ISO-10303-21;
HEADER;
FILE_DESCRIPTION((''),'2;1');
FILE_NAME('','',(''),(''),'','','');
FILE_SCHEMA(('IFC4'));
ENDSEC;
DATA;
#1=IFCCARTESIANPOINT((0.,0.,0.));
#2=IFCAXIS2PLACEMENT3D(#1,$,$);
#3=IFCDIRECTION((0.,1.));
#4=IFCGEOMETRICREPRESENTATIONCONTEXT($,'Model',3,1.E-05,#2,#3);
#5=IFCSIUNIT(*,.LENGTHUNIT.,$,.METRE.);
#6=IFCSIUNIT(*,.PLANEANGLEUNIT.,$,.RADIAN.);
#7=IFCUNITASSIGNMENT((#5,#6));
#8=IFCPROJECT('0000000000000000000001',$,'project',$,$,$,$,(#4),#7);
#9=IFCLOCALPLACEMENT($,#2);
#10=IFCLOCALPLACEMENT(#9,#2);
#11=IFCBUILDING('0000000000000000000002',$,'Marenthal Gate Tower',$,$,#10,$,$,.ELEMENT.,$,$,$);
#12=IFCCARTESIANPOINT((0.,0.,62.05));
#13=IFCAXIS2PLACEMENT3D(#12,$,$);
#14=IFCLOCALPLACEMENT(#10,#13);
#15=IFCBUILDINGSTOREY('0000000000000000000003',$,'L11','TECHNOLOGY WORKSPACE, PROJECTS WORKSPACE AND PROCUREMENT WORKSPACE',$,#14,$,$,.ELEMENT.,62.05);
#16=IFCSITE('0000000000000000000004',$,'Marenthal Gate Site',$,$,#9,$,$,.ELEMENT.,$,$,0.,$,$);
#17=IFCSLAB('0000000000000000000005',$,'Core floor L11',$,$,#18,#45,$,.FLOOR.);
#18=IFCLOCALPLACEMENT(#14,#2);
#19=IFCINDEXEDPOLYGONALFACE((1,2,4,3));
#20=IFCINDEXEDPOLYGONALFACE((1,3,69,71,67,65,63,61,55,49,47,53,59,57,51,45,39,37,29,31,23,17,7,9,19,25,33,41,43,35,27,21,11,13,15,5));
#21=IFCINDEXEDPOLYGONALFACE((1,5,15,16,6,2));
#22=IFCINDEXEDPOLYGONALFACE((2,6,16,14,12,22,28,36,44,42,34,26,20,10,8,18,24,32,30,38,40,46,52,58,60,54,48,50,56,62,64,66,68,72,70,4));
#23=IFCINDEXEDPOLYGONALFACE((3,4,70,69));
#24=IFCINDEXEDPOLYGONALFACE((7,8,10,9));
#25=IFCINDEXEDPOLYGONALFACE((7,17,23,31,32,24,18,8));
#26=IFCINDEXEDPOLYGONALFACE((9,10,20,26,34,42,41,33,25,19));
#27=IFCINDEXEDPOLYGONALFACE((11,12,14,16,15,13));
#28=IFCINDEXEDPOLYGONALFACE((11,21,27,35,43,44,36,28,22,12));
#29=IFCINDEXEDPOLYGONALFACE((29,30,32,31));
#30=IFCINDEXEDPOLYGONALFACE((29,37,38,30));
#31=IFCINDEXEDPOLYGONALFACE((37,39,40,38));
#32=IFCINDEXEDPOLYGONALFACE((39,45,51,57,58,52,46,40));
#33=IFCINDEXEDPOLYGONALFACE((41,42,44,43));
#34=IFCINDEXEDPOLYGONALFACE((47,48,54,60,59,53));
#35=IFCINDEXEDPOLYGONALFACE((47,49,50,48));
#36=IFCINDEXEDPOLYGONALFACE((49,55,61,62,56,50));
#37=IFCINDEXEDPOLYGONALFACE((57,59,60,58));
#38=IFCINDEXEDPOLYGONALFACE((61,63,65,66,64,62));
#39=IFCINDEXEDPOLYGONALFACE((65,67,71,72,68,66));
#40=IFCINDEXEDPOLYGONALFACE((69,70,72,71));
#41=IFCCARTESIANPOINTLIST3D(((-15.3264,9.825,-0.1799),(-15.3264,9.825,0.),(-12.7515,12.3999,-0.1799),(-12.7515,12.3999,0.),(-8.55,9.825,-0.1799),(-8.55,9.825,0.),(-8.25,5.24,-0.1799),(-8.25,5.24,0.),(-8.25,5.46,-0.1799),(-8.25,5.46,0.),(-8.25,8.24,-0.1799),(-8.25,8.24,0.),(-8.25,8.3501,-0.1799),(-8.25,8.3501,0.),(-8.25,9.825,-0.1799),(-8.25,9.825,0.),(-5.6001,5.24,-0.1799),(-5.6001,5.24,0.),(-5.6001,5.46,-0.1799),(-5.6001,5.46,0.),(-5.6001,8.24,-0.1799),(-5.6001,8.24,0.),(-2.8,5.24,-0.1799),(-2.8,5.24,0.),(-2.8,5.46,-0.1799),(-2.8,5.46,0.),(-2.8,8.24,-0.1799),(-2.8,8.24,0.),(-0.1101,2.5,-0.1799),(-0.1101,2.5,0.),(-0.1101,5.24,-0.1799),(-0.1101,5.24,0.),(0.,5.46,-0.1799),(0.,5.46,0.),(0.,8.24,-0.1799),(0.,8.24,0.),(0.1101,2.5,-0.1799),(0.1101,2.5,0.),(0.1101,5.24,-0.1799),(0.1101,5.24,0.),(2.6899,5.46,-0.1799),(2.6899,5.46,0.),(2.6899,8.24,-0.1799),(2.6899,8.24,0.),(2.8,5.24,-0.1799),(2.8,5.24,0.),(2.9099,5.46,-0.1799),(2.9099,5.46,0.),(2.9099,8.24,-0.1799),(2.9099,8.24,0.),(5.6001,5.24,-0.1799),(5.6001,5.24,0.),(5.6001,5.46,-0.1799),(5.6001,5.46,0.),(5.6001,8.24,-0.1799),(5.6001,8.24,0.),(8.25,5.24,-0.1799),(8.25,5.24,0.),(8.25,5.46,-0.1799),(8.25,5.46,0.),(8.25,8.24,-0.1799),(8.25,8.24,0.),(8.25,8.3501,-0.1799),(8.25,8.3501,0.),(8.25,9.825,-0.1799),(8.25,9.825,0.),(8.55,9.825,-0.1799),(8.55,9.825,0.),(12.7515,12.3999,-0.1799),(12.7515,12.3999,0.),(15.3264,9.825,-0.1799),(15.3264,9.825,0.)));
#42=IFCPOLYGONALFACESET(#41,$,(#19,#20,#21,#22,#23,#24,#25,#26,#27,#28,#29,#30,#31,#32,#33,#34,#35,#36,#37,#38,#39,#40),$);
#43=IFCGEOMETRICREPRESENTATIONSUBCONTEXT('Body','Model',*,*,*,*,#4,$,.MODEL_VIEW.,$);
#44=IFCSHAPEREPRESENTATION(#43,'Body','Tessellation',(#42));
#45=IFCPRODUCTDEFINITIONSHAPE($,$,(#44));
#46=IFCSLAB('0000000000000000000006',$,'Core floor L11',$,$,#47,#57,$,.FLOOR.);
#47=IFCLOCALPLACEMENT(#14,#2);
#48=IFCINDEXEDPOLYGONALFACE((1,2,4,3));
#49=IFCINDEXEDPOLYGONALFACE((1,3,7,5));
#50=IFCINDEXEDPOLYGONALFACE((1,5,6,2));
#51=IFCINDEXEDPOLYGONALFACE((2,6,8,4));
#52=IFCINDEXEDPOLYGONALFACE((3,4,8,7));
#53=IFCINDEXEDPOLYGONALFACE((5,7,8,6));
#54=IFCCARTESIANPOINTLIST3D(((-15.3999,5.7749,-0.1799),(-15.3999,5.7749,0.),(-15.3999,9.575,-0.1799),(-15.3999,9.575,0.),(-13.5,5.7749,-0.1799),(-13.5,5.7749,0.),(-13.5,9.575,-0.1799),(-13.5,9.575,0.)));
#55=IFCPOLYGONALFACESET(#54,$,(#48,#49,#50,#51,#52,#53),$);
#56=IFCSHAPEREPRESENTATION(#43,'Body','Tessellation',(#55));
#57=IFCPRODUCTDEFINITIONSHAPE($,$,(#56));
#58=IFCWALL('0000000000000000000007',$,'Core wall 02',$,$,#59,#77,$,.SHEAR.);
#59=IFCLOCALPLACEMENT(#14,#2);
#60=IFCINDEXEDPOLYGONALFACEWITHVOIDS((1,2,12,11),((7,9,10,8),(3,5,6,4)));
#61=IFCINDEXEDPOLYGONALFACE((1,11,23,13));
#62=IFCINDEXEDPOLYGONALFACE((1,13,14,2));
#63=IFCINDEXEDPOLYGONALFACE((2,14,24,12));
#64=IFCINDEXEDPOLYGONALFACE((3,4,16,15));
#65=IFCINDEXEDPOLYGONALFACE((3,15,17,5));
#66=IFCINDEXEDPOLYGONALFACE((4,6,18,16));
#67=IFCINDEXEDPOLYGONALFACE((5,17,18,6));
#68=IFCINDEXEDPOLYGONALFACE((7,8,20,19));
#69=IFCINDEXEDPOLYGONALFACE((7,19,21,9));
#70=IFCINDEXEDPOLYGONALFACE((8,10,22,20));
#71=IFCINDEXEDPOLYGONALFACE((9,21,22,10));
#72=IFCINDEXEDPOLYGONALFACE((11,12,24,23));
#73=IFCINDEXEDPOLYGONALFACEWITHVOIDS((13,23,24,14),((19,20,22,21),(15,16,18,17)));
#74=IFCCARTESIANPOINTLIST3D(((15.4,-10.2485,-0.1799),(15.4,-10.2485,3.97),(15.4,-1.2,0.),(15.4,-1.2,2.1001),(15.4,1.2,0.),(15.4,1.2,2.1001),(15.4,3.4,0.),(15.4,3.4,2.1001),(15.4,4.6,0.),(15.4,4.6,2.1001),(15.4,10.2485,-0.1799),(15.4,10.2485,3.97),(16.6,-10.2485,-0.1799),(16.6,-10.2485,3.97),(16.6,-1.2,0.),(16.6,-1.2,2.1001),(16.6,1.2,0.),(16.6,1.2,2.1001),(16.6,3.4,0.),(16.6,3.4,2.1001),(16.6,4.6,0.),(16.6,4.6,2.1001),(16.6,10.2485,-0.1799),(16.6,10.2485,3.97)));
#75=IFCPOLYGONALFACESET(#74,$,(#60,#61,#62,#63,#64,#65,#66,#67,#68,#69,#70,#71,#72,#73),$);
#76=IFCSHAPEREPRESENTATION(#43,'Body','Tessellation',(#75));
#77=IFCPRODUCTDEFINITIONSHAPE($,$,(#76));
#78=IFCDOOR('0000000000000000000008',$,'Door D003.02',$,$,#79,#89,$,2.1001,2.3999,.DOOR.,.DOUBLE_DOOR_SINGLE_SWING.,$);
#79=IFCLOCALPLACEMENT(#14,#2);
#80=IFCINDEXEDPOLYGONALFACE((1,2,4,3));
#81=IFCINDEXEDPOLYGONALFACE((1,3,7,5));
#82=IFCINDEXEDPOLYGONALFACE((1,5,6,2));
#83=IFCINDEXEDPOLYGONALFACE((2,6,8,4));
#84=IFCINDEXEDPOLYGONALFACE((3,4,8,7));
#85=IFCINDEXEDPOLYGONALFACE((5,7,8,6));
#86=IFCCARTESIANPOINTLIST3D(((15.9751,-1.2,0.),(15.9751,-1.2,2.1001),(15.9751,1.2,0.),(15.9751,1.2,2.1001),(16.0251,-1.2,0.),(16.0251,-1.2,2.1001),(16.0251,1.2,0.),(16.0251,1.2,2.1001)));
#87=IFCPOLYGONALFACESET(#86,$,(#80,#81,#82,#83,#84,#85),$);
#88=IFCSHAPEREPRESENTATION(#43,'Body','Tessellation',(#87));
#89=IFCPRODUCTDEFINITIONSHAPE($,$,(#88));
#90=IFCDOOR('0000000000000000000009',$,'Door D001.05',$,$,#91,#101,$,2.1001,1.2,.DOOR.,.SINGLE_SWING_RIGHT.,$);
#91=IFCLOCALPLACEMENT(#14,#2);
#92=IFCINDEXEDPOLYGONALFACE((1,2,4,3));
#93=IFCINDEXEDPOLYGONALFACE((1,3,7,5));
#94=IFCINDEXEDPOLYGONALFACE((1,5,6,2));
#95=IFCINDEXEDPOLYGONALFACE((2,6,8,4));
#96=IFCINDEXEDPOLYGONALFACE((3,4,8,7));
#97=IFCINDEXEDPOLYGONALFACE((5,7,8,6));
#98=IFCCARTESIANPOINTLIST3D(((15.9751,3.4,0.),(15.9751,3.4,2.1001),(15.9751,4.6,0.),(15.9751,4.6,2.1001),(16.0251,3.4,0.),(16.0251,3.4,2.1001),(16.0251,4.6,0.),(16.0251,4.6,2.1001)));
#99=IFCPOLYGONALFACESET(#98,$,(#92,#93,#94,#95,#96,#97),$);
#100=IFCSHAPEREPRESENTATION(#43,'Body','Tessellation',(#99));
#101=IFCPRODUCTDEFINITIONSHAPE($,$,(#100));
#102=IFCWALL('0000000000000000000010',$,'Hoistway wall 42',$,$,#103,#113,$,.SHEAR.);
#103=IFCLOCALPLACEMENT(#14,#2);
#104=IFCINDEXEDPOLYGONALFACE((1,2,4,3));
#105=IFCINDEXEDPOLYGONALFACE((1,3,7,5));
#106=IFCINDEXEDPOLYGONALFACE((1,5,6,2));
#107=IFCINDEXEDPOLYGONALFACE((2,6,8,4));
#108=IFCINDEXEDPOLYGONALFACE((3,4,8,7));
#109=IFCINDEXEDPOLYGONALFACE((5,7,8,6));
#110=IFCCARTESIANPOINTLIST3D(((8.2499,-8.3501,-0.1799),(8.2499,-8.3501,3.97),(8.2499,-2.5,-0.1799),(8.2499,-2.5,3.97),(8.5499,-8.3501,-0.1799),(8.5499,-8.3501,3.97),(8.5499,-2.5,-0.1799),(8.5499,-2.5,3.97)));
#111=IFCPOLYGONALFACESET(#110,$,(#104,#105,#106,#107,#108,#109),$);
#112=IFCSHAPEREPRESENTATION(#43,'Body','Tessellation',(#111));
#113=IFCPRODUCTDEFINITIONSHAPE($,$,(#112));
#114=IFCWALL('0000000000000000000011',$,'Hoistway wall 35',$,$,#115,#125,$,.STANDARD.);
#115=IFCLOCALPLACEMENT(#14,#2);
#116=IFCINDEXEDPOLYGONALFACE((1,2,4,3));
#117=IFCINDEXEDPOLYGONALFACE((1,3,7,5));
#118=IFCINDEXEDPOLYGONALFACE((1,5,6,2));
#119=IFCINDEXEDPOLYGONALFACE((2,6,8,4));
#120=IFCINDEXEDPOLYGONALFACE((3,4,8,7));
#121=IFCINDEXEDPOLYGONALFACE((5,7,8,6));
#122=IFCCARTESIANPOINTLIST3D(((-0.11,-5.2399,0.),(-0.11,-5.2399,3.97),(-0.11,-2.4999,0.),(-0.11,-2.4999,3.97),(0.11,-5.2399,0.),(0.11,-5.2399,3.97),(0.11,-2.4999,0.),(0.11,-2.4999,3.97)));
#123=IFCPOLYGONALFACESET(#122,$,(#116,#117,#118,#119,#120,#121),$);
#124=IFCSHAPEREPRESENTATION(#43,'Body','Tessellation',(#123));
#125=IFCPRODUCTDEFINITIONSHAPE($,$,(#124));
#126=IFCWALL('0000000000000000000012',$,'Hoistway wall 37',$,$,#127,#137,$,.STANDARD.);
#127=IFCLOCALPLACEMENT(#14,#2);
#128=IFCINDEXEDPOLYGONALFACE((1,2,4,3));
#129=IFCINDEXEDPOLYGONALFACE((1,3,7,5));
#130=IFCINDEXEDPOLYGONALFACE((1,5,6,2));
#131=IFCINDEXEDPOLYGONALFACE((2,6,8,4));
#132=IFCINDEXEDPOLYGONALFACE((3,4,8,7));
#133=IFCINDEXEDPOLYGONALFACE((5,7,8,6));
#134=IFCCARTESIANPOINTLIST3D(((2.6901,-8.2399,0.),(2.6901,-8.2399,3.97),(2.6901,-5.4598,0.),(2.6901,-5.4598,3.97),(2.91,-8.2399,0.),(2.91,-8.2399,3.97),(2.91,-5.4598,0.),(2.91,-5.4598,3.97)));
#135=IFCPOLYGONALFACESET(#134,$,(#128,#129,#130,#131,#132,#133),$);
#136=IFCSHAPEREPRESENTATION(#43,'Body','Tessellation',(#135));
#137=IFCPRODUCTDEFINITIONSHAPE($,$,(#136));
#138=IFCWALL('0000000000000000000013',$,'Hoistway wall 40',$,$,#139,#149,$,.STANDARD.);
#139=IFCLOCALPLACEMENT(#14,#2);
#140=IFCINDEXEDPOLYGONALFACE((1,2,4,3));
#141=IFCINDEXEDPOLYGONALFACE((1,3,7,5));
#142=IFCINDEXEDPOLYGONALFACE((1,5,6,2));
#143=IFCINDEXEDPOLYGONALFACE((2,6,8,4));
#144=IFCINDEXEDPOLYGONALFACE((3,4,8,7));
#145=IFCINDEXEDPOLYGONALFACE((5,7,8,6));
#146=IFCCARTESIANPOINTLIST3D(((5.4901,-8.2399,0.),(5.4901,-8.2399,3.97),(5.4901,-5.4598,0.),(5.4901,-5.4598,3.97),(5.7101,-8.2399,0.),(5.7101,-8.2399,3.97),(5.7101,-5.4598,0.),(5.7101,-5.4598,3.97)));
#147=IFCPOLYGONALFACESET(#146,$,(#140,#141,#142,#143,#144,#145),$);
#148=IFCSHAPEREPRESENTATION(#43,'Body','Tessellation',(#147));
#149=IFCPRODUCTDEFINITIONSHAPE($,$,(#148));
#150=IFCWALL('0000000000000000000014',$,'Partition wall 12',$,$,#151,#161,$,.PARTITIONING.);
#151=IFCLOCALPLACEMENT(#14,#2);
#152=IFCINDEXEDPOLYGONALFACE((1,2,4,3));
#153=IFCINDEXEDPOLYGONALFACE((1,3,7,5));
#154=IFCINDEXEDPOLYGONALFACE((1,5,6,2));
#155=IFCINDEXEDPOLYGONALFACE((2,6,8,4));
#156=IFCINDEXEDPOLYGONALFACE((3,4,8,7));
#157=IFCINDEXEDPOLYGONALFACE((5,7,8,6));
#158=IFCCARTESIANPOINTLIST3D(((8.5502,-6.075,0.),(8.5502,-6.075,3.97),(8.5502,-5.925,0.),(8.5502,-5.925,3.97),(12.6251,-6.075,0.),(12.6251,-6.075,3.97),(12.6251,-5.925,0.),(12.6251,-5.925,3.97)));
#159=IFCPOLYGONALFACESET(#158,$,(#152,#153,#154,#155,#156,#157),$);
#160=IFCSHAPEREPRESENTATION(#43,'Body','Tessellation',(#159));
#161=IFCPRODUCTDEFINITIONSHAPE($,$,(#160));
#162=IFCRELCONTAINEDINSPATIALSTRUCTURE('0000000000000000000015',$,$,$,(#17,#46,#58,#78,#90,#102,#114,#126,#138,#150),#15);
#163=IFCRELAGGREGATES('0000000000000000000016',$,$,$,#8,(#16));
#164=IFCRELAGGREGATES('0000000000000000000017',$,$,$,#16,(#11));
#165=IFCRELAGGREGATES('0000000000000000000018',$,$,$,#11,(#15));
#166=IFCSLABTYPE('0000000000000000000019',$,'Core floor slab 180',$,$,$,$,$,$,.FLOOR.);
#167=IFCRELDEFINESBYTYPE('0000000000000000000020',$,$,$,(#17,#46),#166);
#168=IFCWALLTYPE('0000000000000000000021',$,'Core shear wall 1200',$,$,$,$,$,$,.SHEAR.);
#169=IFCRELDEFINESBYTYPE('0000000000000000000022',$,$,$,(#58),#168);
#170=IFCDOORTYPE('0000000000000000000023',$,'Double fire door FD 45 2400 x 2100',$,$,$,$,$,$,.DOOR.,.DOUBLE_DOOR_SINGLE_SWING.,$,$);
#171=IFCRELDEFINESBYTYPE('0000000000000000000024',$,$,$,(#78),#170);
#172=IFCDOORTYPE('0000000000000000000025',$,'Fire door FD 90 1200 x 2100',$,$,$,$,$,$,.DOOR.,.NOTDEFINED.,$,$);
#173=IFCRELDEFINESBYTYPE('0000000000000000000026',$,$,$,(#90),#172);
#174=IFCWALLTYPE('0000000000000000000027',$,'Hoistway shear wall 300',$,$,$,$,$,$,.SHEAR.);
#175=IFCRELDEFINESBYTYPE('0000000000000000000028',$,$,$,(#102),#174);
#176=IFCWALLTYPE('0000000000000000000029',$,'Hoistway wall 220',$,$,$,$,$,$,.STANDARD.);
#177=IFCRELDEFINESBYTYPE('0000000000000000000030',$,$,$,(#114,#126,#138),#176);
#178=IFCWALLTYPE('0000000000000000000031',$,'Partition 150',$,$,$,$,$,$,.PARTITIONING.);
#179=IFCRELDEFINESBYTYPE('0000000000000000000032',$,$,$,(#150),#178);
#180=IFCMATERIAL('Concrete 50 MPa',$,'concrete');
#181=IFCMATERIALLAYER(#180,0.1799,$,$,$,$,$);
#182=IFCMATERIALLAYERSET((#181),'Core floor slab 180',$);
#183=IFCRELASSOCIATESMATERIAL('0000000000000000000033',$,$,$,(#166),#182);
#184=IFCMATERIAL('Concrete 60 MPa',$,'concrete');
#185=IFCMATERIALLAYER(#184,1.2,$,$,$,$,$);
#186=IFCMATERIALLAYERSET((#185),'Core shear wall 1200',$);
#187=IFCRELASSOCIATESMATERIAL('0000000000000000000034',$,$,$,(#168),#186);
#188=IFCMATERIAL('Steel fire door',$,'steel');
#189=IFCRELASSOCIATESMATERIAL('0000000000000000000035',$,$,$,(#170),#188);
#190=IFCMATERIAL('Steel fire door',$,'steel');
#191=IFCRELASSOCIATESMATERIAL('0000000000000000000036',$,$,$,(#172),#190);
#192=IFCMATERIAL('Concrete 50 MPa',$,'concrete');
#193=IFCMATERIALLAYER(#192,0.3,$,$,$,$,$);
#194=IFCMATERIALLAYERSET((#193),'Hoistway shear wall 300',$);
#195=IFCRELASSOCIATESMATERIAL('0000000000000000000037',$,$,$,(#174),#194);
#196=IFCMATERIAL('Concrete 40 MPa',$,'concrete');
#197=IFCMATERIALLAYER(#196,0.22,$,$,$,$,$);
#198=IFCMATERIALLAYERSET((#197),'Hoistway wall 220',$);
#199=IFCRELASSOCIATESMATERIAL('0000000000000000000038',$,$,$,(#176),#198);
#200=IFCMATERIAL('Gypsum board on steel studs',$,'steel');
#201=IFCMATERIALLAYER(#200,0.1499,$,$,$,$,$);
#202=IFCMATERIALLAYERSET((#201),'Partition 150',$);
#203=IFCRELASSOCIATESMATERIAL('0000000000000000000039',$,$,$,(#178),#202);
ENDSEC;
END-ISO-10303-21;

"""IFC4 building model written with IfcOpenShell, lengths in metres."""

from ifc_helpers import new_model, si_unit, direction, frame, frame_2d, origin, place, context, subcontext, project, spatial, polyline, rectangle, outline, extrude, material, layer, layer_set, type_object, element, fill, save


model = new_model("IFC4")

# Units and contexts
model_context = context("Model", 3, precision=1e-05, world=origin(), true_north=direction((0.0, 1.0)))
body_context = subcontext(model_context, "Body", "Model", "MODEL_VIEW")
ifc_project = project(units=[si_unit("LENGTHUNIT", "METRE"), si_unit("PLANEANGLEUNIT", "RADIAN")], contexts=[model_context])

# Site, building, storey
site_placement = place(None, origin())
site = spatial("IfcSite", under=ifc_project, at=site_placement, Name="Marenthal Gate Site", CompositionType="ELEMENT", RefElevation=0.0)
building_placement = place(site_placement, origin())
building = spatial("IfcBuilding", under=site, at=building_placement, Name="Marenthal Gate Tower", CompositionType="ELEMENT")
storey_placement = place(building_placement, frame((0.0, 0.0, 62.05)))
storey = spatial("IfcBuildingStorey", under=building, at=storey_placement, Name="L11", Description="TECHNOLOGY WORKSPACE, PROJECTS WORKSPACE AND PROCUREMENT WORKSPACE", CompositionType="ELEMENT", Elevation=62.05)

# Slabs
ifc_material_1 = material(Name="Concrete 50 MPa", Category="concrete")
ifc_layer_1 = layer(ifc_material_1, 0.1799)
ifc_layer_set_1 = layer_set([ifc_layer_1], Name="Core floor slab 180")
slab_type_1 = type_object("IfcSlabType", Name="Core floor slab 180", PredefinedType="FLOOR", material=ifc_layer_set_1)
slab_1_placement = place(storey_placement, frame((0.0, 0.0, -0.1799)))
element("IfcSlab", 1, at=slab_1_placement, inside=storey, type_object=slab_type_1, Name="Core floor L11", PredefinedType="FLOOR", context=body_context, shape_type="SweptSolid", body=[
    extrude(outline(polyline([(12.7515, 12.3999), (15.3264, 9.825), (8.55, 9.825), (8.25, 9.825), (8.25, 8.3501), (8.25, 8.24), (5.6001, 8.24), (2.9099, 8.24), (2.9099, 5.46), (5.6001, 5.46), (8.25, 5.46), (8.25, 5.24), (5.6001, 5.24), (2.8, 5.24), (0.1101, 5.24), (0.1101, 2.5), (-0.1101, 2.5), (-0.1101, 5.24), (-2.8, 5.24), (-5.6001, 5.24), (-8.25, 5.24), (-8.25, 5.46), (-5.6001, 5.46), (-2.8, 5.46), (0.0, 5.46), (2.6899, 5.46), (2.6899, 8.24), (0.0, 8.24), (-2.8, 8.24), (-5.6001, 8.24), (-8.25, 8.24), (-8.25, 8.3501), (-8.25, 9.825), (-8.55, 9.825), (-15.3264, 9.825), (-12.7515, 12.3999), (12.7515, 12.3999)])), origin(), (0.0, 0.0, 1.0), 0.1799),
])
slab_2_placement = place(storey_placement, frame((0.0, 0.0, -0.1799)))
element("IfcSlab", 2, at=slab_2_placement, inside=storey, type_object=slab_type_1, Name="Core floor L11", PredefinedType="FLOOR", context=body_context, shape_type="SweptSolid", body=[
    extrude(outline(polyline([(-15.3999, 9.575), (-13.5, 9.575), (-13.5, 5.7749), (-15.3999, 5.7749), (-15.3999, 9.575)])), origin(), (0.0, 0.0, 1.0), 0.1799),
])

# Wall, openings, doors
ifc_material_2 = material(Name="Concrete 60 MPa", Category="concrete")
ifc_layer_2 = layer(ifc_material_2, 1.2)
ifc_layer_set_2 = layer_set([ifc_layer_2], Name="Core shear wall 1200")
wall_type_1 = type_object("IfcWallType", Name="Core shear wall 1200", PredefinedType="SHEAR", material=ifc_layer_set_2)
wall_1_placement = place(storey_placement, frame((16.0, -10.2485, -0.1799), z_axis=(0.0, 0.0, 1.0), x_axis=(0.0, 1.0, 0.0)))
wall_1 = element("IfcWall", 3, at=wall_1_placement, inside=storey, type_object=wall_type_1, Name="Core wall 02", PredefinedType="SHEAR", context=body_context, shape_type="SweptSolid", body=[
    extrude(rectangle(XDim=20.4971, YDim=1.2, at=frame_2d((10.2485, 0.0))), origin(), (0.0, 0.0, 1.0), 4.1499),
])
opening_1_placement = place(wall_1_placement, frame((9.0486, 0.0, 0.1799)))
opening_1 = element("IfcOpeningElement", 4, at=opening_1_placement, cuts=wall_1, PredefinedType="OPENING", context=body_context, shape_type="SweptSolid", body=[
    extrude(rectangle(XDim=2.3999, YDim=2.1001, at=frame_2d((1.2, 1.05))), frame((0.0, 0.6099, 0.0), z_axis=(0.0, -1.0, 0.0), x_axis=(1.0, 0.0, 0.0)), (0.0, 0.0, 1.0), 1.22),
])
opening_2_placement = place(wall_1_placement, frame((13.6484, 0.0, 0.1799)))
opening_2 = element("IfcOpeningElement", 5, at=opening_2_placement, cuts=wall_1, PredefinedType="OPENING", context=body_context, shape_type="SweptSolid", body=[
    extrude(rectangle(XDim=1.2, YDim=2.1001, at=frame_2d((0.6001, 1.05))), frame((0.0, 0.6099, 0.0), z_axis=(0.0, -1.0, 0.0), x_axis=(1.0, 0.0, 0.0)), (0.0, 0.0, 1.0), 1.22),
])
ifc_material_3 = material(Name="Steel fire door", Category="steel")
door_type_1 = type_object("IfcDoorType", Name="Double fire door FD 45 2400 x 2100", OperationType="DOUBLE_DOOR_SINGLE_SWING", PredefinedType="DOOR", material=ifc_material_3)
door_1_placement = place(opening_1_placement, origin())
door_1 = element("IfcDoor", 6, at=door_1_placement, inside=storey, type_object=door_type_1, Name="Door D003.02", OperationType="DOUBLE_DOOR_SINGLE_SWING", OverallHeight=2.1001, OverallWidth=2.3999, PredefinedType="DOOR", context=body_context, shape_type="SweptSolid", body=[
    extrude(rectangle(XDim=2.3999, YDim=2.1001, at=frame_2d((1.2, 1.05))), frame((0.0, 0.0249, 0.0), z_axis=(0.0, -1.0, 0.0), x_axis=(1.0, 0.0, 0.0)), (0.0, 0.0, 1.0), 0.05),
])
fill(opening_1, door_1)
ifc_material_4 = material(Name="Steel fire door", Category="steel")
door_type_2 = type_object("IfcDoorType", Name="Fire door FD 90 1200 x 2100", OperationType="NOTDEFINED", PredefinedType="DOOR", material=ifc_material_4)
door_2_placement = place(opening_2_placement, origin())
door_2 = element("IfcDoor", 7, at=door_2_placement, inside=storey, type_object=door_type_2, Name="Door D001.05", OperationType="SINGLE_SWING_RIGHT", OverallHeight=2.1001, OverallWidth=1.2, PredefinedType="DOOR", context=body_context, shape_type="SweptSolid", body=[
    extrude(rectangle(XDim=1.2, YDim=2.1001, at=frame_2d((0.6001, 1.05))), frame((0.0, 0.0249, 0.0), z_axis=(0.0, -1.0, 0.0), x_axis=(1.0, 0.0, 0.0)), (0.0, 0.0, 1.0), 0.05),
])
fill(opening_2, door_2)

# Walls
ifc_material_5 = material(Name="Concrete 50 MPa", Category="concrete")
ifc_layer_3 = layer(ifc_material_5, 0.3)
ifc_layer_set_3 = layer_set([ifc_layer_3], Name="Hoistway shear wall 300")
wall_type_2 = type_object("IfcWallType", Name="Hoistway shear wall 300", PredefinedType="SHEAR", material=ifc_layer_set_3)
wall_2_placement = place(storey_placement, frame((8.3999, -8.3501, -0.1799), z_axis=(0.0, 0.0, 1.0), x_axis=(0.0, 1.0, 0.0)))
element("IfcWall", 8, at=wall_2_placement, inside=storey, type_object=wall_type_2, Name="Hoistway wall 42", PredefinedType="SHEAR", context=body_context, shape_type="SweptSolid", body=[
    extrude(rectangle(XDim=5.8501, YDim=0.3, at=frame_2d((2.925, 0.0))), origin(), (0.0, 0.0, 1.0), 4.1499),
])
ifc_material_6 = material(Name="Concrete 40 MPa", Category="concrete")
ifc_layer_4 = layer(ifc_material_6, 0.22)
ifc_layer_set_4 = layer_set([ifc_layer_4], Name="Hoistway wall 220")
wall_type_3 = type_object("IfcWallType", Name="Hoistway wall 220", PredefinedType="STANDARD", material=ifc_layer_set_4)
wall_3_placement = place(storey_placement, frame((0.0, -5.24, 0.0), z_axis=(0.0, 0.0, 1.0), x_axis=(0.0, 1.0, 0.0)))
element("IfcWall", 9, at=wall_3_placement, inside=storey, type_object=wall_type_3, Name="Hoistway wall 35", PredefinedType="STANDARD", context=body_context, shape_type="SweptSolid", body=[
    extrude(rectangle(XDim=2.74, YDim=0.22, at=frame_2d((1.3701, 0.0))), origin(), (0.0, 0.0, 1.0), 3.97),
])
for number, where, z_axis, x_axis, name in (
    (10, (2.8, -8.24, 0.0), (0.0, 0.0, 1.0), (0.0, 1.0, 0.0), "Hoistway wall 37"),
    (11, (5.6001, -8.24, 0.0), (0.0, 0.0, 1.0), (0.0, 1.0, 0.0), "Hoistway wall 40"),
):
    element("IfcWall", number, at=place(storey_placement, frame(where, z_axis=z_axis, x_axis=x_axis)), inside=storey, type_object=wall_type_3, Name=name, PredefinedType="STANDARD", context=body_context, shape_type="SweptSolid", body=[
        extrude(rectangle(XDim=2.78, YDim=0.22, at=frame_2d((1.3901, 0.0))), origin(), (0.0, 0.0, 1.0), 3.97),
    ])
ifc_material_7 = material(Name="Gypsum board on steel studs", Category="steel")
ifc_layer_5 = layer(ifc_material_7, 0.1499)
ifc_layer_set_5 = layer_set([ifc_layer_5], Name="Partition 150")
wall_type_4 = type_object("IfcWallType", Name="Partition 150", PredefinedType="PARTITIONING", material=ifc_layer_set_5)
wall_4_placement = place(storey_placement, frame((8.55, -6.0, 0.0), z_axis=(0.0, 0.0, 1.0), x_axis=(1.0, 0.0, 0.0)))
element("IfcWall", 12, at=wall_4_placement, inside=storey, type_object=wall_type_4, Name="Partition wall 12", PredefinedType="PARTITIONING", context=body_context, shape_type="SweptSolid", body=[
    extrude(rectangle(XDim=4.075, YDim=0.1499, at=frame_2d((2.0376, 0.0))), origin(), (0.0, 0.0, 1.0), 3.97),
])

save(model, "model.ifc")
